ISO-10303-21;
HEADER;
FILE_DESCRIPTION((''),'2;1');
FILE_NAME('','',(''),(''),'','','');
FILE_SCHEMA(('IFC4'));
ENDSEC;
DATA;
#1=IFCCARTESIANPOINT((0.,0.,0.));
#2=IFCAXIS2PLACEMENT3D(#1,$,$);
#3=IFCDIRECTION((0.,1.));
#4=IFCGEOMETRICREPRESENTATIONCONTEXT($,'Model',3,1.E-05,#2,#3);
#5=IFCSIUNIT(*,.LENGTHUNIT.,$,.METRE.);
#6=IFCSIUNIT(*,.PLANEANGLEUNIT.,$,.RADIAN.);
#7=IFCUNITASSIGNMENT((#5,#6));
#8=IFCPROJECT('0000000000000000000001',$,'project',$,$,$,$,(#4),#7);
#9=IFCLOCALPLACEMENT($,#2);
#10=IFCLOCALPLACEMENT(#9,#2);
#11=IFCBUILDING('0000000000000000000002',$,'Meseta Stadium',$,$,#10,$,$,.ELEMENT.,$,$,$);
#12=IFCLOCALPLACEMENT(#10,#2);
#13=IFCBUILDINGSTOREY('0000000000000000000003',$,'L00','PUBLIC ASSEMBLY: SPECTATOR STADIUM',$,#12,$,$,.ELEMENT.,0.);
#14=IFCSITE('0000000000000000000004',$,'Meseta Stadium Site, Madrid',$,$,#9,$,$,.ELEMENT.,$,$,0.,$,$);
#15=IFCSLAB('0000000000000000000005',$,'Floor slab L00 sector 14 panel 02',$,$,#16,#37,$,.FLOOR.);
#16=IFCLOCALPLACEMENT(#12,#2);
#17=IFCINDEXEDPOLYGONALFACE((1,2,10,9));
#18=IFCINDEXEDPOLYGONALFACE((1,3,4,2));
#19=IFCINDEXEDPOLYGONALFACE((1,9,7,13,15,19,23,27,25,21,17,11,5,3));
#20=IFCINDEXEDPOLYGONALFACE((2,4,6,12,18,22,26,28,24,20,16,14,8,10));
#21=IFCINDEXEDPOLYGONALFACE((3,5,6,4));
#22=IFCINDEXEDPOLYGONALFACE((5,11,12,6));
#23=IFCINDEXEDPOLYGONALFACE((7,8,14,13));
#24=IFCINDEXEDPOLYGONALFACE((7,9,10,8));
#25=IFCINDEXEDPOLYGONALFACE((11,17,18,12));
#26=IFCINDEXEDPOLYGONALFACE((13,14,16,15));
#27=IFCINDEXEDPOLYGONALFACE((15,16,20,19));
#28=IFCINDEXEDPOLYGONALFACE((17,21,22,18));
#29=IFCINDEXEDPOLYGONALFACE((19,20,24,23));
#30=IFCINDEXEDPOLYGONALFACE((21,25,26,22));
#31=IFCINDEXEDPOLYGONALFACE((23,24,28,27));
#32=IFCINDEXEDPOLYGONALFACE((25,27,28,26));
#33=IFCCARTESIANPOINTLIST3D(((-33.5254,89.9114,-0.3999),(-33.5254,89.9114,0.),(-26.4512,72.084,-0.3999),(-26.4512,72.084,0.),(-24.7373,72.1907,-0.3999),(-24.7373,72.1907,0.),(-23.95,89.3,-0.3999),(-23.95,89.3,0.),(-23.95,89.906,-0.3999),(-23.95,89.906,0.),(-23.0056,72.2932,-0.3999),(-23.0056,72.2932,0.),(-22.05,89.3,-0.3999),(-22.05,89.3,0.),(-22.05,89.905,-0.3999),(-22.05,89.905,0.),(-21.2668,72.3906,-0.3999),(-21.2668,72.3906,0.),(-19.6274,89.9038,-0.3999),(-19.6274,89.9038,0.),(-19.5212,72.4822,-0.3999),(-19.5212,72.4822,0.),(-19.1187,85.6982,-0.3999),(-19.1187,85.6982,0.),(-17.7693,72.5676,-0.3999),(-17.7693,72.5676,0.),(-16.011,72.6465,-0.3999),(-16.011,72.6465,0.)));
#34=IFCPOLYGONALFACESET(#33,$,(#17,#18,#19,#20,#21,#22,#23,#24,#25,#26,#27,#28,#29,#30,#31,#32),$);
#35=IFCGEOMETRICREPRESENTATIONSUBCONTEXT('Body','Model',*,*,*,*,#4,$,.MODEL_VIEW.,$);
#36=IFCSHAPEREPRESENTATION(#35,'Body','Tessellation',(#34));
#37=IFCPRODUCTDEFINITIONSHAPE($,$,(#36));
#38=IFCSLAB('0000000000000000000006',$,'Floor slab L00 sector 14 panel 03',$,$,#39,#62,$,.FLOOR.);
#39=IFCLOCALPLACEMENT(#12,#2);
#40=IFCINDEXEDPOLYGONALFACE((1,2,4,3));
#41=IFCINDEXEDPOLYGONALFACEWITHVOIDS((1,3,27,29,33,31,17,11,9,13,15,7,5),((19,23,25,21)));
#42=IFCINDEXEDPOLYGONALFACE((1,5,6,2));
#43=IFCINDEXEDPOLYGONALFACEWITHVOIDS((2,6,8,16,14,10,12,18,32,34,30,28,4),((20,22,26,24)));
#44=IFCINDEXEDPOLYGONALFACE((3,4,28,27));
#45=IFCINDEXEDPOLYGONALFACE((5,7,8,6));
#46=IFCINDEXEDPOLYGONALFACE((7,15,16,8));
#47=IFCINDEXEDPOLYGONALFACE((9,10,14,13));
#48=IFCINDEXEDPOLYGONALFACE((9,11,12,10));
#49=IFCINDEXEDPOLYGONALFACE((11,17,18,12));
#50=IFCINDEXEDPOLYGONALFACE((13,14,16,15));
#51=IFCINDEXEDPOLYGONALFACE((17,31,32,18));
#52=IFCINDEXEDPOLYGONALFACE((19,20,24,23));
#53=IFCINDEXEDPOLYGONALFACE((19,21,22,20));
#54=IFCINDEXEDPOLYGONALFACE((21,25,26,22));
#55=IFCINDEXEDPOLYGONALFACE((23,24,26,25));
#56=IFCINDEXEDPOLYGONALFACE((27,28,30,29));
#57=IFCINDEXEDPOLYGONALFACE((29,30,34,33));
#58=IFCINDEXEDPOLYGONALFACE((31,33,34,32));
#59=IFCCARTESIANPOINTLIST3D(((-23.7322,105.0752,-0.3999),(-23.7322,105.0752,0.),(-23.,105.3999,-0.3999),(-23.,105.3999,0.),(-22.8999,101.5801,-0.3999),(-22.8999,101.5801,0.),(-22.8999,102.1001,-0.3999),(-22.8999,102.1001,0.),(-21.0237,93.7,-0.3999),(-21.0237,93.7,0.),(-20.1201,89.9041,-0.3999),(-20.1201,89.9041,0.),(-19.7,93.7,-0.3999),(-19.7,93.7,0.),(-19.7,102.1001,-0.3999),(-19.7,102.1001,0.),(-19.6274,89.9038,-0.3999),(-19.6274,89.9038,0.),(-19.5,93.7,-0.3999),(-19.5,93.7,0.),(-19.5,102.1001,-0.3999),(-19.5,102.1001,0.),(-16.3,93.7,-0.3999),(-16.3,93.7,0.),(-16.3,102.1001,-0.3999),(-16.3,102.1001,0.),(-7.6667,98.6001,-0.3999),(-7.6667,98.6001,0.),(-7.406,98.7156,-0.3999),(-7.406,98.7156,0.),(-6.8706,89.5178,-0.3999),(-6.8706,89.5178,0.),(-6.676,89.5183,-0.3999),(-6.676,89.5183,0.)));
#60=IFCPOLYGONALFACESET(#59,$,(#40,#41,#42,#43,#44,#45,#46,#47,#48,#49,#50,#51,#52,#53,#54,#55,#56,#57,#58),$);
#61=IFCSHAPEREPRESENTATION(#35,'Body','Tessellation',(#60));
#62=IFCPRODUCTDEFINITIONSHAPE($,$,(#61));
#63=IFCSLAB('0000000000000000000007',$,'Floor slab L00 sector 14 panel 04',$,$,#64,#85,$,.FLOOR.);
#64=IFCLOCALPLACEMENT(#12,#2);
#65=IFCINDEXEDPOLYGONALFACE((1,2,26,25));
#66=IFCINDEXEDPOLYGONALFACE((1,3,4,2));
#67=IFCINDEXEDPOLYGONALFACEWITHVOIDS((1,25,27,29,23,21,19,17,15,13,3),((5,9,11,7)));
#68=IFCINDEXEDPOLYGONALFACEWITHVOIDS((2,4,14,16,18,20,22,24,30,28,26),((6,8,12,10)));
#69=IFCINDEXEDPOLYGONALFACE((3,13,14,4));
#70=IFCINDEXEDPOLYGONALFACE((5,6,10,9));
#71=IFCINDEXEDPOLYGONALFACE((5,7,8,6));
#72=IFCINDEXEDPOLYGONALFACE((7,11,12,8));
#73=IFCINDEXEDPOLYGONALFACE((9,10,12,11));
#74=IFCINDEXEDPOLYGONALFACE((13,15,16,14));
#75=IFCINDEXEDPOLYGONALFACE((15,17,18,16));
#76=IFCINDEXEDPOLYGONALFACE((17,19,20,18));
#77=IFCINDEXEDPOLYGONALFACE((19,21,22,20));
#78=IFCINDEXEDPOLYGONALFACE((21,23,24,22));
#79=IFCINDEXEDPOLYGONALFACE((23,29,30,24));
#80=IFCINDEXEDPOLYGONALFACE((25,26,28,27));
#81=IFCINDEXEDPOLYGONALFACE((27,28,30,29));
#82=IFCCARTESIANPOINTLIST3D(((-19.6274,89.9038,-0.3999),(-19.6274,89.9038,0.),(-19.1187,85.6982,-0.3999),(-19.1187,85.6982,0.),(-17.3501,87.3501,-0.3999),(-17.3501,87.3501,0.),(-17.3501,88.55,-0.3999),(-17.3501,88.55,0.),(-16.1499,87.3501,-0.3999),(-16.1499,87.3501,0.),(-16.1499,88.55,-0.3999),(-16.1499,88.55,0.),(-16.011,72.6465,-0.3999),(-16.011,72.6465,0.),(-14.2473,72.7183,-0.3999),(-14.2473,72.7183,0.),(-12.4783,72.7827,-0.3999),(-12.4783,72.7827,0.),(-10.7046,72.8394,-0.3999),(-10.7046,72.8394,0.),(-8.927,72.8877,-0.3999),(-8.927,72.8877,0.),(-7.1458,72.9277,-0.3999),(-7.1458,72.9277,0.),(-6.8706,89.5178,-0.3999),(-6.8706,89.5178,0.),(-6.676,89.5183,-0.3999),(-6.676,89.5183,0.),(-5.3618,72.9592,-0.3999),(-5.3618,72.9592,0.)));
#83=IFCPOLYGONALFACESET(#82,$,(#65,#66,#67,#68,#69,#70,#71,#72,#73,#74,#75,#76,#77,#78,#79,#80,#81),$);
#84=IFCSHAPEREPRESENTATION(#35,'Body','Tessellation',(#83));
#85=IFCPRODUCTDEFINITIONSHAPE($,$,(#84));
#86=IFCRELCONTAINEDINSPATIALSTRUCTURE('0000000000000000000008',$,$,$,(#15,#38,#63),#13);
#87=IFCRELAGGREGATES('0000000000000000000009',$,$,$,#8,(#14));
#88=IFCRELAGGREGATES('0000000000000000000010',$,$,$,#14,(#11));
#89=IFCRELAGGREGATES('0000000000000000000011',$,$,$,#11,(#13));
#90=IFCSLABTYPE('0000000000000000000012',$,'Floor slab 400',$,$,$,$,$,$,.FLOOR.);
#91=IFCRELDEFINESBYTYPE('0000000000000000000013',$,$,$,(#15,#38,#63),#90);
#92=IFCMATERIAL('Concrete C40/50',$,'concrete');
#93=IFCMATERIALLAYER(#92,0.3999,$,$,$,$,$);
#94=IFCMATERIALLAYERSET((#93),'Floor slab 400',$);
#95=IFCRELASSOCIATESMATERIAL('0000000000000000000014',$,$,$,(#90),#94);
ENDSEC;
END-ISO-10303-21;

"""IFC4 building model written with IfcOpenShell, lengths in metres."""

from ifc_helpers import new_model, si_unit, direction, frame, origin, place, context, subcontext, project, spatial, polyline, outline, extrude, material, layer, layer_set, type_object, element, save


model = new_model("IFC4")

# Units and contexts
model_context = context("Model", 3, precision=1e-05, world=origin(), true_north=direction((0.0, 1.0)))
body_context = subcontext(model_context, "Body", "Model", "MODEL_VIEW")
ifc_project = project(units=[si_unit("LENGTHUNIT", "METRE"), si_unit("PLANEANGLEUNIT", "RADIAN")], contexts=[model_context])

# Site, building, storey
site_placement = place(None, origin())
site = spatial("IfcSite", under=ifc_project, at=site_placement, Name="Meseta Stadium Site, Madrid", CompositionType="ELEMENT", RefElevation=0.0)
building_placement = place(site_placement, origin())
building = spatial("IfcBuilding", under=site, at=building_placement, Name="Meseta Stadium", CompositionType="ELEMENT")
storey_placement = place(building_placement, origin())
storey = spatial("IfcBuildingStorey", under=building, at=storey_placement, Name="L00", Description="PUBLIC ASSEMBLY: SPECTATOR STADIUM", CompositionType="ELEMENT", Elevation=0.0)

# Slabs
ifc_material = material(Name="Concrete C40/50", Category="concrete")
ifc_layer = layer(ifc_material, 0.3999)
ifc_layer_set = layer_set([ifc_layer], Name="Floor slab 400")
slab_type = type_object("IfcSlabType", Name="Floor slab 400", PredefinedType="FLOOR", material=ifc_layer_set)
slab_1_placement = place(storey_placement, frame((0.0, 0.0, -0.3999)))
element("IfcSlab", 1, at=slab_1_placement, inside=storey, type_object=slab_type, Name="Floor slab L00 sector 14 panel 02", PredefinedType="FLOOR", context=body_context, shape_type="SweptSolid", body=[
    extrude(outline(polyline([(-23.95, 89.906), (-33.5254, 89.9114), (-26.4512, 72.084), (-24.7373, 72.1907), (-23.0056, 72.2932), (-21.2668, 72.3906), (-19.5212, 72.4822), (-17.7693, 72.5676), (-16.011, 72.6465), (-19.1187, 85.6982), (-19.6274, 89.9038), (-22.05, 89.905), (-22.05, 89.3), (-23.95, 89.3), (-23.95, 89.906)])), origin(), (0.0, 0.0, 1.0), 0.3999),
])
slab_2_placement = place(storey_placement, frame((0.0, 0.0, -0.3999)))
element("IfcSlab", 2, at=slab_2_placement, inside=storey, type_object=slab_type, Name="Floor slab L00 sector 14 panel 03", PredefinedType="FLOOR", context=body_context, shape_type="SweptSolid", body=[
    extrude(outline(polyline([(-21.0237, 93.7), (-20.1201, 89.9041), (-19.6274, 89.9038), (-6.8706, 89.5178), (-6.676, 89.5183), (-7.406, 98.7156), (-7.6667, 98.6001), (-23.0, 105.3999), (-23.7322, 105.0752), (-22.8999, 101.5801), (-22.8999, 102.1001), (-19.7, 102.1001), (-19.7, 93.7), (-21.0237, 93.7)]), holes=[polyline([(-19.5, 102.1001), (-16.3, 102.1001), (-16.3, 93.7), (-19.5, 93.7), (-19.5, 102.1001)])]), origin(), (0.0, 0.0, 1.0), 0.3999),
])
slab_3_placement = place(storey_placement, frame((0.0, 0.0, -0.3999)))
element("IfcSlab", 3, at=slab_3_placement, inside=storey, type_object=slab_type, Name="Floor slab L00 sector 14 panel 04", PredefinedType="FLOOR", context=body_context, shape_type="SweptSolid", body=[
    extrude(outline(polyline([(-6.676, 89.5183), (-6.8706, 89.5178), (-19.6274, 89.9038), (-19.1187, 85.6982), (-16.011, 72.6465), (-14.2473, 72.7183), (-12.4783, 72.7827), (-10.7046, 72.8394), (-8.927, 72.8877), (-7.1458, 72.9277), (-5.3618, 72.9592), (-6.676, 89.5183)]), holes=[polyline([(-16.1499, 87.3501), (-17.3501, 87.3501), (-17.3501, 88.55), (-16.1499, 88.55), (-16.1499, 87.3501)])]), origin(), (0.0, 0.0, 1.0), 0.3999),
])

save(model, "model.ifc")
